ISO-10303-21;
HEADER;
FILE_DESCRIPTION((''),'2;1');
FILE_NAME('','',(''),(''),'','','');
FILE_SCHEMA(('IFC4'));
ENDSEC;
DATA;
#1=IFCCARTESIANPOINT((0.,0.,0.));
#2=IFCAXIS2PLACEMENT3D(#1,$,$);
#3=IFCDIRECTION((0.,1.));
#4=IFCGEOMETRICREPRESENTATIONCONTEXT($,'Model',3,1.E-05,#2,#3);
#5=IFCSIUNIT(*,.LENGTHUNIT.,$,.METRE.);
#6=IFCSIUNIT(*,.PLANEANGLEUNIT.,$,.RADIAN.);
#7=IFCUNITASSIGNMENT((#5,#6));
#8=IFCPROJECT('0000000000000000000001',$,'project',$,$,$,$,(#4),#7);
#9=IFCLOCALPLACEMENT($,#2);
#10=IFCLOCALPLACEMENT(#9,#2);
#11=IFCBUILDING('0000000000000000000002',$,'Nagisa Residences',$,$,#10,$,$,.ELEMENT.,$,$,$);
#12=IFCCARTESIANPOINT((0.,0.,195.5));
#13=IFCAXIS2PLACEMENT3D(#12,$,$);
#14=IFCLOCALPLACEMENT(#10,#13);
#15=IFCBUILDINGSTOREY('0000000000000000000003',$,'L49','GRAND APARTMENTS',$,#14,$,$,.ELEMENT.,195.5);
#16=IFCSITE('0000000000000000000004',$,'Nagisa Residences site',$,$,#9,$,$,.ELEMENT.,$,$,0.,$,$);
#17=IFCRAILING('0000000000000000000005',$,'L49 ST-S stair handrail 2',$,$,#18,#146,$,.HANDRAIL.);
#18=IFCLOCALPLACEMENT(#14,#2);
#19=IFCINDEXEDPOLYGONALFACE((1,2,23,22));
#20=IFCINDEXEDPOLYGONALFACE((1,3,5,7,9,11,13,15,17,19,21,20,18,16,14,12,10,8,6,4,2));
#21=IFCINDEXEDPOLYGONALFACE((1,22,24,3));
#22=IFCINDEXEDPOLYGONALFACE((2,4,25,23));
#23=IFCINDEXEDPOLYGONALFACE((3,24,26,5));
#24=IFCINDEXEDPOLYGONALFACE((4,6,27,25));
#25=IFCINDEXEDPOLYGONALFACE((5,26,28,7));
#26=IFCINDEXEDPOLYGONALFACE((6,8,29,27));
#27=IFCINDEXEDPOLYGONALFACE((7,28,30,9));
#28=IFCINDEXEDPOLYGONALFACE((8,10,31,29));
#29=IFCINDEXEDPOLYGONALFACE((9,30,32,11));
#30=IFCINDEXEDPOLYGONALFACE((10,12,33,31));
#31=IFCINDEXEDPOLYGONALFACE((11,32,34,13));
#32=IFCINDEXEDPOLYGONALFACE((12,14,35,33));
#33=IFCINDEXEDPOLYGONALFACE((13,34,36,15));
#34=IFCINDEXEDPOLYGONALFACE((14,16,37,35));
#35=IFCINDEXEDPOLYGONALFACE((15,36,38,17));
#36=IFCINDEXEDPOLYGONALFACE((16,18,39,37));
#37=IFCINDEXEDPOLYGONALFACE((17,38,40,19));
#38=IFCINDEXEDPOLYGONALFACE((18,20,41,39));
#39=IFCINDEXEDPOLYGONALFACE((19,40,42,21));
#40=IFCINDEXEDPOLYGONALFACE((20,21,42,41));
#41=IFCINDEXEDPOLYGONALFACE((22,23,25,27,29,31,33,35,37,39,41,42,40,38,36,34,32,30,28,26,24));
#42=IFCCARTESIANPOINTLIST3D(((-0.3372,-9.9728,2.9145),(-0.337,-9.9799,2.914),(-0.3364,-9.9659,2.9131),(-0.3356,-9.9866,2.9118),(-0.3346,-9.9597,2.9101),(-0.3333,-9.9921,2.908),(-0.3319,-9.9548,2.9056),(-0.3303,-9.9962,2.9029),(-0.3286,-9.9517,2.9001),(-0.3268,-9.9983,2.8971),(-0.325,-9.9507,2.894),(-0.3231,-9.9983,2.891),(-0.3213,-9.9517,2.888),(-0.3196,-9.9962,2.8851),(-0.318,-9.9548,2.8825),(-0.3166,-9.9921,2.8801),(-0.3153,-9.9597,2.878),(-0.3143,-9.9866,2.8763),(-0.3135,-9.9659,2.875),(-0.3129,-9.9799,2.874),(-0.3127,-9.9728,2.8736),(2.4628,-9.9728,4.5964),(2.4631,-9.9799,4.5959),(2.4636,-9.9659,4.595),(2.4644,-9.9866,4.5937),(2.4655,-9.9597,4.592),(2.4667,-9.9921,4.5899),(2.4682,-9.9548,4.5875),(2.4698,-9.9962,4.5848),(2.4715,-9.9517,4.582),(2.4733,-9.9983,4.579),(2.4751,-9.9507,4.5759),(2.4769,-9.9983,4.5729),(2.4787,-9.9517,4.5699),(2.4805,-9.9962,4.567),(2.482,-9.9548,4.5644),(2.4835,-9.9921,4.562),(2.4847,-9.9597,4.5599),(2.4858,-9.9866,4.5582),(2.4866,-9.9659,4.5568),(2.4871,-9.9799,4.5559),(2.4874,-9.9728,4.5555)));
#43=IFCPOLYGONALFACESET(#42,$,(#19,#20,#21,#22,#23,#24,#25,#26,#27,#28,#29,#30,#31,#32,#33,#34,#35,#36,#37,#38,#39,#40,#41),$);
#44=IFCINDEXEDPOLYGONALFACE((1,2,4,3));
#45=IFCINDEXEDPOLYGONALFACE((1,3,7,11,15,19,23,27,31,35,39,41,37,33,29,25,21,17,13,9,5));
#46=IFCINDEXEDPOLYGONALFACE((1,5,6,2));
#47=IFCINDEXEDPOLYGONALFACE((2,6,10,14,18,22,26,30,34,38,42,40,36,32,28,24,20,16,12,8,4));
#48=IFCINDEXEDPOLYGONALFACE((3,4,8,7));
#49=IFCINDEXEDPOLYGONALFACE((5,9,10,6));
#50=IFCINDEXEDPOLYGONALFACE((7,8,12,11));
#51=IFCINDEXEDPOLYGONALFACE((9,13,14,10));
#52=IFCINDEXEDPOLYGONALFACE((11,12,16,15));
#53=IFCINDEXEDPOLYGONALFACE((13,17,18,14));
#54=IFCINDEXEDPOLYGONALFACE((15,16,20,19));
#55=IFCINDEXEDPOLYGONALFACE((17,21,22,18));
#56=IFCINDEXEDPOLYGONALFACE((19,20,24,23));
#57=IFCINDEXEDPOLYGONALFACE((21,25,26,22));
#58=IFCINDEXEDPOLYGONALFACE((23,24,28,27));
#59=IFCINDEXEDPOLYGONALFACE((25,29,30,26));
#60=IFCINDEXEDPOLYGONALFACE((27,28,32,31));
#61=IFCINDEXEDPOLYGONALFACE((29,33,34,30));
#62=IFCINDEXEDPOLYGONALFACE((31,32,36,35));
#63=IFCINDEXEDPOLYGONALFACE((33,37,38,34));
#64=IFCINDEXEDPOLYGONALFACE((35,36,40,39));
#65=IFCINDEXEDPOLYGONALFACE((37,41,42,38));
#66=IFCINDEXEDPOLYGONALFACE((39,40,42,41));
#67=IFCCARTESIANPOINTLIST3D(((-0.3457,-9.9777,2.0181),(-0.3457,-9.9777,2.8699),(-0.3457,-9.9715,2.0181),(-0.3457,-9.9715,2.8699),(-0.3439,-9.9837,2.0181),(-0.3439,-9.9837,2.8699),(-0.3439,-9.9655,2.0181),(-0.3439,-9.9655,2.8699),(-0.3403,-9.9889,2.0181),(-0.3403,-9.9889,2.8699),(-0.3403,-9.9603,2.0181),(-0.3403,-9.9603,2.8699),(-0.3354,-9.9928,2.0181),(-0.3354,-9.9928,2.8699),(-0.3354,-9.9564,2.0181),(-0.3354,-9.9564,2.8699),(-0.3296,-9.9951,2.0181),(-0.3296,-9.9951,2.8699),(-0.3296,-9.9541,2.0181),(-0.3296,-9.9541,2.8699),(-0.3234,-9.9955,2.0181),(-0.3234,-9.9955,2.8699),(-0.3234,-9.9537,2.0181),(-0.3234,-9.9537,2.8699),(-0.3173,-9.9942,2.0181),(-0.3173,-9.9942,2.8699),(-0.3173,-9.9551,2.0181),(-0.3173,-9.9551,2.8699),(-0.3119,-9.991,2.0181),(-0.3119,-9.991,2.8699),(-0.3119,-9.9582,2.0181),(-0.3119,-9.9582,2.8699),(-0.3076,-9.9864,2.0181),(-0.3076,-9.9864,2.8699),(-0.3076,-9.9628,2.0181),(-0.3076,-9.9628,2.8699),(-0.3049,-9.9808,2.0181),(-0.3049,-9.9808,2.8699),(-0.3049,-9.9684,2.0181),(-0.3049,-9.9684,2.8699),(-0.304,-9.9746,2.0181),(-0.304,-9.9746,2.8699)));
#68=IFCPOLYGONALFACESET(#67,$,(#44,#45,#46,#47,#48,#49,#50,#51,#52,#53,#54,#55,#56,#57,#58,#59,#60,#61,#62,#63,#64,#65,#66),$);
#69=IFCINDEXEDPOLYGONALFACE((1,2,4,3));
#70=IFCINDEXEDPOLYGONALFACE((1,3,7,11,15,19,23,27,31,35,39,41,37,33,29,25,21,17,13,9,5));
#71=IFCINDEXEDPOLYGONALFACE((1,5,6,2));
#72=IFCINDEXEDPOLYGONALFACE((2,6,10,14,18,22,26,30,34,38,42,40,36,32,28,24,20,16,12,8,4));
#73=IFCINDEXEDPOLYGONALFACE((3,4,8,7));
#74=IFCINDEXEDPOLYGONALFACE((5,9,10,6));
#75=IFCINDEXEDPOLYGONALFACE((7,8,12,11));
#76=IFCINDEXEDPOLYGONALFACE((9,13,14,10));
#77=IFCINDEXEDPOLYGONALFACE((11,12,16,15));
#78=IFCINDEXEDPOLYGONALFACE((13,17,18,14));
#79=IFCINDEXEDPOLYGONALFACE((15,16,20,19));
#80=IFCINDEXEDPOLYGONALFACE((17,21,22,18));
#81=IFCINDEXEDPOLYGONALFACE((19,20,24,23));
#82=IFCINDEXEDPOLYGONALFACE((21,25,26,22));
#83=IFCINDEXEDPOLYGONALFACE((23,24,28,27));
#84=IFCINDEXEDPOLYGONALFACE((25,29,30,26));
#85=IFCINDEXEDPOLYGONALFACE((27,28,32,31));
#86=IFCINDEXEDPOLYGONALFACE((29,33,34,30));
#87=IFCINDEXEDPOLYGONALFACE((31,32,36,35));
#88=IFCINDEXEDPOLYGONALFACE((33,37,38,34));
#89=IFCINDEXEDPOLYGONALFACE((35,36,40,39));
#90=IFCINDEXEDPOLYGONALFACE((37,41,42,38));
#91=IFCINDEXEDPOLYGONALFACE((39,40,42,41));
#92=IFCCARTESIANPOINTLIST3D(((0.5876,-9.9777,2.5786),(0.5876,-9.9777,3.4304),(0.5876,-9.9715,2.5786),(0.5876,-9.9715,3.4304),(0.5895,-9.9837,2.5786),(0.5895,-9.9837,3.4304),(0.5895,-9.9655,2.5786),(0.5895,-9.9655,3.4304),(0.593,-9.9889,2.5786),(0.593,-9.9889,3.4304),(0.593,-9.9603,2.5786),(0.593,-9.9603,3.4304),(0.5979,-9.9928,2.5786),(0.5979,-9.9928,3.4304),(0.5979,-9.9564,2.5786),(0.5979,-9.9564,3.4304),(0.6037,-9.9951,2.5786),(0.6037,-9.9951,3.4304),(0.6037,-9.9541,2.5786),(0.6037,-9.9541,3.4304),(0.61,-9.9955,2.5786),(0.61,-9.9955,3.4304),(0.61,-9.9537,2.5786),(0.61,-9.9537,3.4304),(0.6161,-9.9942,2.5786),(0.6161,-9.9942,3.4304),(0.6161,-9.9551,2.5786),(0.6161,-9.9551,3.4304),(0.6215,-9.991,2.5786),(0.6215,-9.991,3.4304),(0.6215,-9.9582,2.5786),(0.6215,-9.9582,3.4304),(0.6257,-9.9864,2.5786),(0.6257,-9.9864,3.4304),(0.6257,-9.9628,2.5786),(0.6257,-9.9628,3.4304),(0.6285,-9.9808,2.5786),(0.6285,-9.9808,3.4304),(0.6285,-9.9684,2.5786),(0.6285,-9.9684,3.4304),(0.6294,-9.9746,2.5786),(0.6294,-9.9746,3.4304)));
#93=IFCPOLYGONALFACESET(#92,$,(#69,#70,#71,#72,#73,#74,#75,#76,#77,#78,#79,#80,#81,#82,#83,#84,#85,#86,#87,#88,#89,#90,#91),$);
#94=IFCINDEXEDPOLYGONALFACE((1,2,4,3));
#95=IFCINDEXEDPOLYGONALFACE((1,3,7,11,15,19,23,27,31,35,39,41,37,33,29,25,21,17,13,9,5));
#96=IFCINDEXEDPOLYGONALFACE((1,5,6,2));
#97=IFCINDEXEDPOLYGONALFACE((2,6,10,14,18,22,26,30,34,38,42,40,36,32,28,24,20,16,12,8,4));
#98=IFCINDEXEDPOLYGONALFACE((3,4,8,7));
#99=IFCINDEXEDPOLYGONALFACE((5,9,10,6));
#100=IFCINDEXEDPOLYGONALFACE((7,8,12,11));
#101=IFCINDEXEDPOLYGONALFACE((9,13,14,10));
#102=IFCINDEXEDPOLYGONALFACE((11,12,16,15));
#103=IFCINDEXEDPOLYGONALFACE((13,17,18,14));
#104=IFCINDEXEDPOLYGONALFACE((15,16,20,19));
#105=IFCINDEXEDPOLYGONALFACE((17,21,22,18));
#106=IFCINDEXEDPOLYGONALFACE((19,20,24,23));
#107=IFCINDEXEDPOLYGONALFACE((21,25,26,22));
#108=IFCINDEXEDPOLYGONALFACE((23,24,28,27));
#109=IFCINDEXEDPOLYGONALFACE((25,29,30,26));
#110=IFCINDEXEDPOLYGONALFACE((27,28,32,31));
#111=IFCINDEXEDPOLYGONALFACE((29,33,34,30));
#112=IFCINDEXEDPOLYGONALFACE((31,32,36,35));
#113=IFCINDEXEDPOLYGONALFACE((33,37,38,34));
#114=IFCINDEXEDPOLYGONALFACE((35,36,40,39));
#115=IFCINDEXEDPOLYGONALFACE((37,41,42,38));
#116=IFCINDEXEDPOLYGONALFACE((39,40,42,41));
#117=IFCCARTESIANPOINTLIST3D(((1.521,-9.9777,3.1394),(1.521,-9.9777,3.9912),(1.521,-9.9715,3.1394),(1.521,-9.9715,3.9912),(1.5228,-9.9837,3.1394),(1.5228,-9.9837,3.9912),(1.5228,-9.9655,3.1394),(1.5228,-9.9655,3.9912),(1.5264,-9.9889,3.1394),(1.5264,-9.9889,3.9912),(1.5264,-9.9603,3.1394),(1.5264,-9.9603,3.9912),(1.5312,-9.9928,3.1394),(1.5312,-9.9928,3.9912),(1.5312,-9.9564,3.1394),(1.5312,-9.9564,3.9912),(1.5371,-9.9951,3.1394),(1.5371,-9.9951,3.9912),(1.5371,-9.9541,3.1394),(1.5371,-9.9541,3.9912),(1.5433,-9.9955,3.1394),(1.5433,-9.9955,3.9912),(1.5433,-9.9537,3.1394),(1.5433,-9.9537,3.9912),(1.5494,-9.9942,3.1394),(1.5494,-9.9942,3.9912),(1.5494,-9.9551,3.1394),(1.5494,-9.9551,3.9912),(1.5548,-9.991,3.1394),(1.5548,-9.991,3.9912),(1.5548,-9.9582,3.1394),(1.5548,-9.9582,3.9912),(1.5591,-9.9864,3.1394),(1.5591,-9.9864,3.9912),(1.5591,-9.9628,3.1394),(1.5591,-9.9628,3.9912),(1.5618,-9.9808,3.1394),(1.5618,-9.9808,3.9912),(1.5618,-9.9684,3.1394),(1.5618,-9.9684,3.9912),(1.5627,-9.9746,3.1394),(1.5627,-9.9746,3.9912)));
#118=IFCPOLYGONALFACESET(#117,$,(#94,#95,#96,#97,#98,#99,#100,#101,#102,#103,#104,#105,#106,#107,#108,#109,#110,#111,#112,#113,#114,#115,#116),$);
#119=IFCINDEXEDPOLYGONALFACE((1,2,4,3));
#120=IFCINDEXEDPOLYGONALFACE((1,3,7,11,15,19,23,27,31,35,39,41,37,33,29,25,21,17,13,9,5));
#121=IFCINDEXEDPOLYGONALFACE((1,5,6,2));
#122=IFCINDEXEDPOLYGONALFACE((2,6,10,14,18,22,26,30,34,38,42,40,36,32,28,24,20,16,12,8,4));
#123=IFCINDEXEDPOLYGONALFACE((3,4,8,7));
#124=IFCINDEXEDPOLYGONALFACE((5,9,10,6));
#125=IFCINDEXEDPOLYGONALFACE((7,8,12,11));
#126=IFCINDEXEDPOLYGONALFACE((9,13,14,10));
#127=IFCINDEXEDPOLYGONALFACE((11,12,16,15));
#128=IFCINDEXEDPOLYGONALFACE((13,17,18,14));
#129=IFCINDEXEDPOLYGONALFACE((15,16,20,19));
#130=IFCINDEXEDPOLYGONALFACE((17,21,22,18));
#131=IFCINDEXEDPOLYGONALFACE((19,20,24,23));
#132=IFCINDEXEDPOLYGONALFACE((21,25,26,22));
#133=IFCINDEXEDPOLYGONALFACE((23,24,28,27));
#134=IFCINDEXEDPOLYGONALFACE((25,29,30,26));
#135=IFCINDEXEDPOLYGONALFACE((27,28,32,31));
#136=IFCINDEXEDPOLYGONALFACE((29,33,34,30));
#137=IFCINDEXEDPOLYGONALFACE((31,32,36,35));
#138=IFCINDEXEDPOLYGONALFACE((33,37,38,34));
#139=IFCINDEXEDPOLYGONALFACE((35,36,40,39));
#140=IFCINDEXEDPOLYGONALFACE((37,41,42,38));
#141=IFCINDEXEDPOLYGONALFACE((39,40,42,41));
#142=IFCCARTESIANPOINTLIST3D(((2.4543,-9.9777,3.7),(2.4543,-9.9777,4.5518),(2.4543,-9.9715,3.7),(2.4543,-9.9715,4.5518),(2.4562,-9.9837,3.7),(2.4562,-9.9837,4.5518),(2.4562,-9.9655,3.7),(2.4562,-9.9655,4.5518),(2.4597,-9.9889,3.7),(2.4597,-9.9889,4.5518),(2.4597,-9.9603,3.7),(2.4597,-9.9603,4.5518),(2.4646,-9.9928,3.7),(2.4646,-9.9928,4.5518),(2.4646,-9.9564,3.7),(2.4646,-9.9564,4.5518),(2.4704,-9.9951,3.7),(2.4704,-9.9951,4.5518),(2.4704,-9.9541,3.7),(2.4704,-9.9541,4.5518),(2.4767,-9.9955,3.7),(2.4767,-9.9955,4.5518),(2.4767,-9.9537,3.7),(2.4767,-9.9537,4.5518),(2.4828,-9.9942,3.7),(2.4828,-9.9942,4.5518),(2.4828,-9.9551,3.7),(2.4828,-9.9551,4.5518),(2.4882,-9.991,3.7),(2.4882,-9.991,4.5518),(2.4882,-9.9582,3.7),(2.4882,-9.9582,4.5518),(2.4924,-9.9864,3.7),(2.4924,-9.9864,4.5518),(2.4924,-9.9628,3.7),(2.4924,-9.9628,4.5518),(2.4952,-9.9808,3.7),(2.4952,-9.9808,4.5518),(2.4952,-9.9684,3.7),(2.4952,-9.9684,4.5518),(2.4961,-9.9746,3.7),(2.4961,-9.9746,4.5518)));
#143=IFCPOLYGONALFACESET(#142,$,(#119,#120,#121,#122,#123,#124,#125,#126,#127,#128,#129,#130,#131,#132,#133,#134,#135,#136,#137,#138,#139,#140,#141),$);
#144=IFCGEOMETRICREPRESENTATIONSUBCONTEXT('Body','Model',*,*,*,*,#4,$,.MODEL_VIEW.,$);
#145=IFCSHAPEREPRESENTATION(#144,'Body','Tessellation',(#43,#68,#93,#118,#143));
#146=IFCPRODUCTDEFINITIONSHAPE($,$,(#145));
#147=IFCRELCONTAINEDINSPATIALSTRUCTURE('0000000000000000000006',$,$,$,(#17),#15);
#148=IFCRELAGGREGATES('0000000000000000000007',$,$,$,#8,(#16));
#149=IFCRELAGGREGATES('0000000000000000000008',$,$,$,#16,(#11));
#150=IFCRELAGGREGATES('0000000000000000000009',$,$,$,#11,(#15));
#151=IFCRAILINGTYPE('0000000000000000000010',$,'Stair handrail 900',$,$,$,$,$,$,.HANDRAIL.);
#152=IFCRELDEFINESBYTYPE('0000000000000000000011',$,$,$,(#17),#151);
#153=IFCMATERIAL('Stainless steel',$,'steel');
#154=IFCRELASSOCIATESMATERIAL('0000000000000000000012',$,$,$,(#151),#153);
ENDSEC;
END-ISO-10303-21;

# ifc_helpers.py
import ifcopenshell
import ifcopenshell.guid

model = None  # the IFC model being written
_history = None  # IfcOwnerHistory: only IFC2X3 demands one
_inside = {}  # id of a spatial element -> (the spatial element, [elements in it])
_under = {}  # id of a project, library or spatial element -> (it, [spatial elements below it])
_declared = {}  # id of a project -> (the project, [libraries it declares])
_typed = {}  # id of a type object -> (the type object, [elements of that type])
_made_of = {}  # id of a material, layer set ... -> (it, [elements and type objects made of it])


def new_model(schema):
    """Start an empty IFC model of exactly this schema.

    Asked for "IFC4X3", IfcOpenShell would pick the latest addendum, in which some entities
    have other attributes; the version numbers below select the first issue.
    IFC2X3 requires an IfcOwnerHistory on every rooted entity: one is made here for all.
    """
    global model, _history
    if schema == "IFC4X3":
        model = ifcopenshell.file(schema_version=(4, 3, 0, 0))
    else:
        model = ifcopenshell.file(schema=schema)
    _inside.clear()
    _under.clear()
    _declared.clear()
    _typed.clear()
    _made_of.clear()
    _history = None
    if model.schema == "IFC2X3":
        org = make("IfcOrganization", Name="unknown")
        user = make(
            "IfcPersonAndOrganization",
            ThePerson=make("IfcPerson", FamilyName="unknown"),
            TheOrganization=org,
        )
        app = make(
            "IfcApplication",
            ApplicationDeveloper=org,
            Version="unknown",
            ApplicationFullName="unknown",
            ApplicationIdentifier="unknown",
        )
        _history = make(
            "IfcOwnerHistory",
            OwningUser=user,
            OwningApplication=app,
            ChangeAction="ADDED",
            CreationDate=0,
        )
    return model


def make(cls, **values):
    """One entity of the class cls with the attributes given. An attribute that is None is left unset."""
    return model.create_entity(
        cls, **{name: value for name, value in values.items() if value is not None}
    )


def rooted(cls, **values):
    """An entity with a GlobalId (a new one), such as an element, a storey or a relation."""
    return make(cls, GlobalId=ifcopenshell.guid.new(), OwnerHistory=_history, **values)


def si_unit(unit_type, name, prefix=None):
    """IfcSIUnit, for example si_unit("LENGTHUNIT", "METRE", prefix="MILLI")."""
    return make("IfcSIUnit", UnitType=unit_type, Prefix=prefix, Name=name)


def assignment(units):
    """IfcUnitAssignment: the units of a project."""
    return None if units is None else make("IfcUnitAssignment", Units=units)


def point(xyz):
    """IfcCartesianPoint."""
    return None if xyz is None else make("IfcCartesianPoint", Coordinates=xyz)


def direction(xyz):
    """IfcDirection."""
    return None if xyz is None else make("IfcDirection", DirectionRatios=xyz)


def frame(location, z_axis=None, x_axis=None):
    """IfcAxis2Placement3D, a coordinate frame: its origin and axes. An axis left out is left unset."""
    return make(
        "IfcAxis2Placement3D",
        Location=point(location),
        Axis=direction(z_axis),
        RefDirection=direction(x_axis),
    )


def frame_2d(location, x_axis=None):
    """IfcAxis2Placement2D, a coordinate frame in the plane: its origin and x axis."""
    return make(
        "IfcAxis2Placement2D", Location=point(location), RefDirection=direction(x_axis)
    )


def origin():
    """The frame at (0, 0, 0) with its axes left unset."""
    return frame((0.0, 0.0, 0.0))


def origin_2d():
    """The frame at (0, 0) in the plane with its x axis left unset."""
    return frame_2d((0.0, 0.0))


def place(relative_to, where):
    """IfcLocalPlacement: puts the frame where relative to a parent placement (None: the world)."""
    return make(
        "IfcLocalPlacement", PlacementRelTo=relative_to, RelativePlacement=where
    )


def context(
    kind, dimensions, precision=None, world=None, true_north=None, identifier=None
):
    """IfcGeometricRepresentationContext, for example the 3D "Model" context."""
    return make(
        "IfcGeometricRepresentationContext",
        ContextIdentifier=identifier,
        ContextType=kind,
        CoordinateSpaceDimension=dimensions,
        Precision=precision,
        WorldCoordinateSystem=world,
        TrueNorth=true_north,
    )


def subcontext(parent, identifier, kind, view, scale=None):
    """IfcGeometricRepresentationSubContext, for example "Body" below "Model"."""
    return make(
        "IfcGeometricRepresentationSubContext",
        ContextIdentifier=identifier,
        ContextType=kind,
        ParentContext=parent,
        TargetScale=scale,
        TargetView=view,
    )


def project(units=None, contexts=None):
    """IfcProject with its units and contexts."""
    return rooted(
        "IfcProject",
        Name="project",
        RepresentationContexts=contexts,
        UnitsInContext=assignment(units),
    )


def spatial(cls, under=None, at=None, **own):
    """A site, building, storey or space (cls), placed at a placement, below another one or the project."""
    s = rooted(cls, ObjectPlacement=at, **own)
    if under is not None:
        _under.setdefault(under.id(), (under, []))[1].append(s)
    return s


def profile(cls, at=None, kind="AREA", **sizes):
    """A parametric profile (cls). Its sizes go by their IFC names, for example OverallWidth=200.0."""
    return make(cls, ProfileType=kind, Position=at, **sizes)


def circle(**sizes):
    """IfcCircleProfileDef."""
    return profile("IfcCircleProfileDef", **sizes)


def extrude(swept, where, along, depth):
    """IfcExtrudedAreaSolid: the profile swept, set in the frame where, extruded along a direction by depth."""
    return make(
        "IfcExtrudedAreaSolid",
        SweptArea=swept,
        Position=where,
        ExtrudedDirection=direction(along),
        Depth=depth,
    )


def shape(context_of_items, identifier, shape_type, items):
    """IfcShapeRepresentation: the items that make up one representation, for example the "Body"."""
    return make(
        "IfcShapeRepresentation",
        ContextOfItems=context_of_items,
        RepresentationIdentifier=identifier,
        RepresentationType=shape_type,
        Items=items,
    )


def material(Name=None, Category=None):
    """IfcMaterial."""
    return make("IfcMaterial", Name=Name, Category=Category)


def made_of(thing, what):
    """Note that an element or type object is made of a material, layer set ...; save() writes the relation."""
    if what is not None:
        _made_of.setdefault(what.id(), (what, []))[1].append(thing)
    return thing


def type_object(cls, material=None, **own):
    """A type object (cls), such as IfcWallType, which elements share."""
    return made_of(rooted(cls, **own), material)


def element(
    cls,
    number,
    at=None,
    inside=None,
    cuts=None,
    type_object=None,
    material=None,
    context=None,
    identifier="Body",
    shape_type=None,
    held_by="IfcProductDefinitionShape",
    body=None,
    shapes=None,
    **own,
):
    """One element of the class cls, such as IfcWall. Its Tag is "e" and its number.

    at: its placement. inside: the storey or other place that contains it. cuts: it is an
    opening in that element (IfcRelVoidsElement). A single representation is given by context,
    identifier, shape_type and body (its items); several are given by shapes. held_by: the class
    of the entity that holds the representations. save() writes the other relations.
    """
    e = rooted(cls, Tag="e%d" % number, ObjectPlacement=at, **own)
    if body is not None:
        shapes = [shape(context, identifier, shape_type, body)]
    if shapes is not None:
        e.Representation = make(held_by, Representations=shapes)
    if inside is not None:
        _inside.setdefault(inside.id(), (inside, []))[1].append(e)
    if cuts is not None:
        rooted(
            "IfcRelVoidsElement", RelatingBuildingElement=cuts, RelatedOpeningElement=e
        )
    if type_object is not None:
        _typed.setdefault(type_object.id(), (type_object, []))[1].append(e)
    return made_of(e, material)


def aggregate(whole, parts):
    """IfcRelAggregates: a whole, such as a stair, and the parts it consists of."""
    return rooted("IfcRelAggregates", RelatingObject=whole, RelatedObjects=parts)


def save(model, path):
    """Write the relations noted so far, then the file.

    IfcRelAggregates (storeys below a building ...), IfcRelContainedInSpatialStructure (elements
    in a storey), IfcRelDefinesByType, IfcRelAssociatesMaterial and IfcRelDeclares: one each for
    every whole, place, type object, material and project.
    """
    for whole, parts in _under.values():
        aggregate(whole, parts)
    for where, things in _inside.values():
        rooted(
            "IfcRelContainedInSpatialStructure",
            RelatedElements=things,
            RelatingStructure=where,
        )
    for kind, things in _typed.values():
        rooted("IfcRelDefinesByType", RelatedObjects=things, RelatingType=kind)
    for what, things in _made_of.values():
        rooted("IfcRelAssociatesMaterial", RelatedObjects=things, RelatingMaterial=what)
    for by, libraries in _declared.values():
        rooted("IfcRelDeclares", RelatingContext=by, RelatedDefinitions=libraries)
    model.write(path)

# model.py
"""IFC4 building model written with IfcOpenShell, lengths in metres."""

from ifc_helpers import new_model, si_unit, direction, frame, origin, origin_2d, place, context, subcontext, project, spatial, circle, extrude, material, type_object, element, save


model = new_model("IFC4")

# Units and contexts
model_context = context("Model", 3, precision=1e-05, world=origin(), true_north=direction((0.0, 1.0)))
body_context = subcontext(model_context, "Body", "Model", "MODEL_VIEW")
ifc_project = project(units=[si_unit("LENGTHUNIT", "METRE"), si_unit("PLANEANGLEUNIT", "RADIAN")], contexts=[model_context])

# Site, building, storey
site_placement = place(None, origin())
site = spatial("IfcSite", under=ifc_project, at=site_placement, Name="Nagisa Residences site", CompositionType="ELEMENT", RefElevation=0.0)
building_placement = place(site_placement, origin())
building = spatial("IfcBuilding", under=site, at=building_placement, Name="Nagisa Residences", CompositionType="ELEMENT")
storey_placement = place(building_placement, frame((0.0, 0.0, 195.5)))
storey = spatial("IfcBuildingStorey", under=building, at=storey_placement, Name="L49", Description="GRAND APARTMENTS", CompositionType="ELEMENT", Elevation=195.5)

# Railing
ifc_material_1 = material(Name="Stainless steel", Category="steel")
railing_type_1 = type_object("IfcRailingType", Name="Stair handrail 900", PredefinedType="HANDRAIL", material=ifc_material_1)
railing_1_placement = place(storey_placement, frame((-0.325, -9.9746, 2.0181)))
element("IfcRailing", 1, at=railing_1_placement, inside=storey, type_object=railing_type_1, Name="L49 ST-S stair handrail 2", PredefinedType="HANDRAIL", context=body_context, shape_type="SweptSolid", body=[
    extrude(circle(Radius=0.0239, at=origin_2d()), frame((0.0, 0.0, 0.876), z_axis=(0.857242, 0.0, 0.514913), x_axis=(0.0, 1.0, 0.0)), (0.0, 0.0, 1.0), 3.2664),
    extrude(circle(Radius=0.021, at=origin_2d()), origin(), (0.0, 0.0, 1.0), 0.8518),
    extrude(circle(Radius=0.021, at=origin_2d()), frame((0.9333, 0.0, 0.5605)), (0.0, 0.0, 1.0), 0.8518),
    extrude(circle(Radius=0.021, at=origin_2d()), frame((1.8667, 0.0, 1.1213)), (0.0, 0.0, 1.0), 0.8518),
    extrude(circle(Radius=0.021, at=origin_2d()), frame((2.8, 0.0, 1.6819)), (0.0, 0.0, 1.0), 0.8518),
])

save(model, "model.ifc")
